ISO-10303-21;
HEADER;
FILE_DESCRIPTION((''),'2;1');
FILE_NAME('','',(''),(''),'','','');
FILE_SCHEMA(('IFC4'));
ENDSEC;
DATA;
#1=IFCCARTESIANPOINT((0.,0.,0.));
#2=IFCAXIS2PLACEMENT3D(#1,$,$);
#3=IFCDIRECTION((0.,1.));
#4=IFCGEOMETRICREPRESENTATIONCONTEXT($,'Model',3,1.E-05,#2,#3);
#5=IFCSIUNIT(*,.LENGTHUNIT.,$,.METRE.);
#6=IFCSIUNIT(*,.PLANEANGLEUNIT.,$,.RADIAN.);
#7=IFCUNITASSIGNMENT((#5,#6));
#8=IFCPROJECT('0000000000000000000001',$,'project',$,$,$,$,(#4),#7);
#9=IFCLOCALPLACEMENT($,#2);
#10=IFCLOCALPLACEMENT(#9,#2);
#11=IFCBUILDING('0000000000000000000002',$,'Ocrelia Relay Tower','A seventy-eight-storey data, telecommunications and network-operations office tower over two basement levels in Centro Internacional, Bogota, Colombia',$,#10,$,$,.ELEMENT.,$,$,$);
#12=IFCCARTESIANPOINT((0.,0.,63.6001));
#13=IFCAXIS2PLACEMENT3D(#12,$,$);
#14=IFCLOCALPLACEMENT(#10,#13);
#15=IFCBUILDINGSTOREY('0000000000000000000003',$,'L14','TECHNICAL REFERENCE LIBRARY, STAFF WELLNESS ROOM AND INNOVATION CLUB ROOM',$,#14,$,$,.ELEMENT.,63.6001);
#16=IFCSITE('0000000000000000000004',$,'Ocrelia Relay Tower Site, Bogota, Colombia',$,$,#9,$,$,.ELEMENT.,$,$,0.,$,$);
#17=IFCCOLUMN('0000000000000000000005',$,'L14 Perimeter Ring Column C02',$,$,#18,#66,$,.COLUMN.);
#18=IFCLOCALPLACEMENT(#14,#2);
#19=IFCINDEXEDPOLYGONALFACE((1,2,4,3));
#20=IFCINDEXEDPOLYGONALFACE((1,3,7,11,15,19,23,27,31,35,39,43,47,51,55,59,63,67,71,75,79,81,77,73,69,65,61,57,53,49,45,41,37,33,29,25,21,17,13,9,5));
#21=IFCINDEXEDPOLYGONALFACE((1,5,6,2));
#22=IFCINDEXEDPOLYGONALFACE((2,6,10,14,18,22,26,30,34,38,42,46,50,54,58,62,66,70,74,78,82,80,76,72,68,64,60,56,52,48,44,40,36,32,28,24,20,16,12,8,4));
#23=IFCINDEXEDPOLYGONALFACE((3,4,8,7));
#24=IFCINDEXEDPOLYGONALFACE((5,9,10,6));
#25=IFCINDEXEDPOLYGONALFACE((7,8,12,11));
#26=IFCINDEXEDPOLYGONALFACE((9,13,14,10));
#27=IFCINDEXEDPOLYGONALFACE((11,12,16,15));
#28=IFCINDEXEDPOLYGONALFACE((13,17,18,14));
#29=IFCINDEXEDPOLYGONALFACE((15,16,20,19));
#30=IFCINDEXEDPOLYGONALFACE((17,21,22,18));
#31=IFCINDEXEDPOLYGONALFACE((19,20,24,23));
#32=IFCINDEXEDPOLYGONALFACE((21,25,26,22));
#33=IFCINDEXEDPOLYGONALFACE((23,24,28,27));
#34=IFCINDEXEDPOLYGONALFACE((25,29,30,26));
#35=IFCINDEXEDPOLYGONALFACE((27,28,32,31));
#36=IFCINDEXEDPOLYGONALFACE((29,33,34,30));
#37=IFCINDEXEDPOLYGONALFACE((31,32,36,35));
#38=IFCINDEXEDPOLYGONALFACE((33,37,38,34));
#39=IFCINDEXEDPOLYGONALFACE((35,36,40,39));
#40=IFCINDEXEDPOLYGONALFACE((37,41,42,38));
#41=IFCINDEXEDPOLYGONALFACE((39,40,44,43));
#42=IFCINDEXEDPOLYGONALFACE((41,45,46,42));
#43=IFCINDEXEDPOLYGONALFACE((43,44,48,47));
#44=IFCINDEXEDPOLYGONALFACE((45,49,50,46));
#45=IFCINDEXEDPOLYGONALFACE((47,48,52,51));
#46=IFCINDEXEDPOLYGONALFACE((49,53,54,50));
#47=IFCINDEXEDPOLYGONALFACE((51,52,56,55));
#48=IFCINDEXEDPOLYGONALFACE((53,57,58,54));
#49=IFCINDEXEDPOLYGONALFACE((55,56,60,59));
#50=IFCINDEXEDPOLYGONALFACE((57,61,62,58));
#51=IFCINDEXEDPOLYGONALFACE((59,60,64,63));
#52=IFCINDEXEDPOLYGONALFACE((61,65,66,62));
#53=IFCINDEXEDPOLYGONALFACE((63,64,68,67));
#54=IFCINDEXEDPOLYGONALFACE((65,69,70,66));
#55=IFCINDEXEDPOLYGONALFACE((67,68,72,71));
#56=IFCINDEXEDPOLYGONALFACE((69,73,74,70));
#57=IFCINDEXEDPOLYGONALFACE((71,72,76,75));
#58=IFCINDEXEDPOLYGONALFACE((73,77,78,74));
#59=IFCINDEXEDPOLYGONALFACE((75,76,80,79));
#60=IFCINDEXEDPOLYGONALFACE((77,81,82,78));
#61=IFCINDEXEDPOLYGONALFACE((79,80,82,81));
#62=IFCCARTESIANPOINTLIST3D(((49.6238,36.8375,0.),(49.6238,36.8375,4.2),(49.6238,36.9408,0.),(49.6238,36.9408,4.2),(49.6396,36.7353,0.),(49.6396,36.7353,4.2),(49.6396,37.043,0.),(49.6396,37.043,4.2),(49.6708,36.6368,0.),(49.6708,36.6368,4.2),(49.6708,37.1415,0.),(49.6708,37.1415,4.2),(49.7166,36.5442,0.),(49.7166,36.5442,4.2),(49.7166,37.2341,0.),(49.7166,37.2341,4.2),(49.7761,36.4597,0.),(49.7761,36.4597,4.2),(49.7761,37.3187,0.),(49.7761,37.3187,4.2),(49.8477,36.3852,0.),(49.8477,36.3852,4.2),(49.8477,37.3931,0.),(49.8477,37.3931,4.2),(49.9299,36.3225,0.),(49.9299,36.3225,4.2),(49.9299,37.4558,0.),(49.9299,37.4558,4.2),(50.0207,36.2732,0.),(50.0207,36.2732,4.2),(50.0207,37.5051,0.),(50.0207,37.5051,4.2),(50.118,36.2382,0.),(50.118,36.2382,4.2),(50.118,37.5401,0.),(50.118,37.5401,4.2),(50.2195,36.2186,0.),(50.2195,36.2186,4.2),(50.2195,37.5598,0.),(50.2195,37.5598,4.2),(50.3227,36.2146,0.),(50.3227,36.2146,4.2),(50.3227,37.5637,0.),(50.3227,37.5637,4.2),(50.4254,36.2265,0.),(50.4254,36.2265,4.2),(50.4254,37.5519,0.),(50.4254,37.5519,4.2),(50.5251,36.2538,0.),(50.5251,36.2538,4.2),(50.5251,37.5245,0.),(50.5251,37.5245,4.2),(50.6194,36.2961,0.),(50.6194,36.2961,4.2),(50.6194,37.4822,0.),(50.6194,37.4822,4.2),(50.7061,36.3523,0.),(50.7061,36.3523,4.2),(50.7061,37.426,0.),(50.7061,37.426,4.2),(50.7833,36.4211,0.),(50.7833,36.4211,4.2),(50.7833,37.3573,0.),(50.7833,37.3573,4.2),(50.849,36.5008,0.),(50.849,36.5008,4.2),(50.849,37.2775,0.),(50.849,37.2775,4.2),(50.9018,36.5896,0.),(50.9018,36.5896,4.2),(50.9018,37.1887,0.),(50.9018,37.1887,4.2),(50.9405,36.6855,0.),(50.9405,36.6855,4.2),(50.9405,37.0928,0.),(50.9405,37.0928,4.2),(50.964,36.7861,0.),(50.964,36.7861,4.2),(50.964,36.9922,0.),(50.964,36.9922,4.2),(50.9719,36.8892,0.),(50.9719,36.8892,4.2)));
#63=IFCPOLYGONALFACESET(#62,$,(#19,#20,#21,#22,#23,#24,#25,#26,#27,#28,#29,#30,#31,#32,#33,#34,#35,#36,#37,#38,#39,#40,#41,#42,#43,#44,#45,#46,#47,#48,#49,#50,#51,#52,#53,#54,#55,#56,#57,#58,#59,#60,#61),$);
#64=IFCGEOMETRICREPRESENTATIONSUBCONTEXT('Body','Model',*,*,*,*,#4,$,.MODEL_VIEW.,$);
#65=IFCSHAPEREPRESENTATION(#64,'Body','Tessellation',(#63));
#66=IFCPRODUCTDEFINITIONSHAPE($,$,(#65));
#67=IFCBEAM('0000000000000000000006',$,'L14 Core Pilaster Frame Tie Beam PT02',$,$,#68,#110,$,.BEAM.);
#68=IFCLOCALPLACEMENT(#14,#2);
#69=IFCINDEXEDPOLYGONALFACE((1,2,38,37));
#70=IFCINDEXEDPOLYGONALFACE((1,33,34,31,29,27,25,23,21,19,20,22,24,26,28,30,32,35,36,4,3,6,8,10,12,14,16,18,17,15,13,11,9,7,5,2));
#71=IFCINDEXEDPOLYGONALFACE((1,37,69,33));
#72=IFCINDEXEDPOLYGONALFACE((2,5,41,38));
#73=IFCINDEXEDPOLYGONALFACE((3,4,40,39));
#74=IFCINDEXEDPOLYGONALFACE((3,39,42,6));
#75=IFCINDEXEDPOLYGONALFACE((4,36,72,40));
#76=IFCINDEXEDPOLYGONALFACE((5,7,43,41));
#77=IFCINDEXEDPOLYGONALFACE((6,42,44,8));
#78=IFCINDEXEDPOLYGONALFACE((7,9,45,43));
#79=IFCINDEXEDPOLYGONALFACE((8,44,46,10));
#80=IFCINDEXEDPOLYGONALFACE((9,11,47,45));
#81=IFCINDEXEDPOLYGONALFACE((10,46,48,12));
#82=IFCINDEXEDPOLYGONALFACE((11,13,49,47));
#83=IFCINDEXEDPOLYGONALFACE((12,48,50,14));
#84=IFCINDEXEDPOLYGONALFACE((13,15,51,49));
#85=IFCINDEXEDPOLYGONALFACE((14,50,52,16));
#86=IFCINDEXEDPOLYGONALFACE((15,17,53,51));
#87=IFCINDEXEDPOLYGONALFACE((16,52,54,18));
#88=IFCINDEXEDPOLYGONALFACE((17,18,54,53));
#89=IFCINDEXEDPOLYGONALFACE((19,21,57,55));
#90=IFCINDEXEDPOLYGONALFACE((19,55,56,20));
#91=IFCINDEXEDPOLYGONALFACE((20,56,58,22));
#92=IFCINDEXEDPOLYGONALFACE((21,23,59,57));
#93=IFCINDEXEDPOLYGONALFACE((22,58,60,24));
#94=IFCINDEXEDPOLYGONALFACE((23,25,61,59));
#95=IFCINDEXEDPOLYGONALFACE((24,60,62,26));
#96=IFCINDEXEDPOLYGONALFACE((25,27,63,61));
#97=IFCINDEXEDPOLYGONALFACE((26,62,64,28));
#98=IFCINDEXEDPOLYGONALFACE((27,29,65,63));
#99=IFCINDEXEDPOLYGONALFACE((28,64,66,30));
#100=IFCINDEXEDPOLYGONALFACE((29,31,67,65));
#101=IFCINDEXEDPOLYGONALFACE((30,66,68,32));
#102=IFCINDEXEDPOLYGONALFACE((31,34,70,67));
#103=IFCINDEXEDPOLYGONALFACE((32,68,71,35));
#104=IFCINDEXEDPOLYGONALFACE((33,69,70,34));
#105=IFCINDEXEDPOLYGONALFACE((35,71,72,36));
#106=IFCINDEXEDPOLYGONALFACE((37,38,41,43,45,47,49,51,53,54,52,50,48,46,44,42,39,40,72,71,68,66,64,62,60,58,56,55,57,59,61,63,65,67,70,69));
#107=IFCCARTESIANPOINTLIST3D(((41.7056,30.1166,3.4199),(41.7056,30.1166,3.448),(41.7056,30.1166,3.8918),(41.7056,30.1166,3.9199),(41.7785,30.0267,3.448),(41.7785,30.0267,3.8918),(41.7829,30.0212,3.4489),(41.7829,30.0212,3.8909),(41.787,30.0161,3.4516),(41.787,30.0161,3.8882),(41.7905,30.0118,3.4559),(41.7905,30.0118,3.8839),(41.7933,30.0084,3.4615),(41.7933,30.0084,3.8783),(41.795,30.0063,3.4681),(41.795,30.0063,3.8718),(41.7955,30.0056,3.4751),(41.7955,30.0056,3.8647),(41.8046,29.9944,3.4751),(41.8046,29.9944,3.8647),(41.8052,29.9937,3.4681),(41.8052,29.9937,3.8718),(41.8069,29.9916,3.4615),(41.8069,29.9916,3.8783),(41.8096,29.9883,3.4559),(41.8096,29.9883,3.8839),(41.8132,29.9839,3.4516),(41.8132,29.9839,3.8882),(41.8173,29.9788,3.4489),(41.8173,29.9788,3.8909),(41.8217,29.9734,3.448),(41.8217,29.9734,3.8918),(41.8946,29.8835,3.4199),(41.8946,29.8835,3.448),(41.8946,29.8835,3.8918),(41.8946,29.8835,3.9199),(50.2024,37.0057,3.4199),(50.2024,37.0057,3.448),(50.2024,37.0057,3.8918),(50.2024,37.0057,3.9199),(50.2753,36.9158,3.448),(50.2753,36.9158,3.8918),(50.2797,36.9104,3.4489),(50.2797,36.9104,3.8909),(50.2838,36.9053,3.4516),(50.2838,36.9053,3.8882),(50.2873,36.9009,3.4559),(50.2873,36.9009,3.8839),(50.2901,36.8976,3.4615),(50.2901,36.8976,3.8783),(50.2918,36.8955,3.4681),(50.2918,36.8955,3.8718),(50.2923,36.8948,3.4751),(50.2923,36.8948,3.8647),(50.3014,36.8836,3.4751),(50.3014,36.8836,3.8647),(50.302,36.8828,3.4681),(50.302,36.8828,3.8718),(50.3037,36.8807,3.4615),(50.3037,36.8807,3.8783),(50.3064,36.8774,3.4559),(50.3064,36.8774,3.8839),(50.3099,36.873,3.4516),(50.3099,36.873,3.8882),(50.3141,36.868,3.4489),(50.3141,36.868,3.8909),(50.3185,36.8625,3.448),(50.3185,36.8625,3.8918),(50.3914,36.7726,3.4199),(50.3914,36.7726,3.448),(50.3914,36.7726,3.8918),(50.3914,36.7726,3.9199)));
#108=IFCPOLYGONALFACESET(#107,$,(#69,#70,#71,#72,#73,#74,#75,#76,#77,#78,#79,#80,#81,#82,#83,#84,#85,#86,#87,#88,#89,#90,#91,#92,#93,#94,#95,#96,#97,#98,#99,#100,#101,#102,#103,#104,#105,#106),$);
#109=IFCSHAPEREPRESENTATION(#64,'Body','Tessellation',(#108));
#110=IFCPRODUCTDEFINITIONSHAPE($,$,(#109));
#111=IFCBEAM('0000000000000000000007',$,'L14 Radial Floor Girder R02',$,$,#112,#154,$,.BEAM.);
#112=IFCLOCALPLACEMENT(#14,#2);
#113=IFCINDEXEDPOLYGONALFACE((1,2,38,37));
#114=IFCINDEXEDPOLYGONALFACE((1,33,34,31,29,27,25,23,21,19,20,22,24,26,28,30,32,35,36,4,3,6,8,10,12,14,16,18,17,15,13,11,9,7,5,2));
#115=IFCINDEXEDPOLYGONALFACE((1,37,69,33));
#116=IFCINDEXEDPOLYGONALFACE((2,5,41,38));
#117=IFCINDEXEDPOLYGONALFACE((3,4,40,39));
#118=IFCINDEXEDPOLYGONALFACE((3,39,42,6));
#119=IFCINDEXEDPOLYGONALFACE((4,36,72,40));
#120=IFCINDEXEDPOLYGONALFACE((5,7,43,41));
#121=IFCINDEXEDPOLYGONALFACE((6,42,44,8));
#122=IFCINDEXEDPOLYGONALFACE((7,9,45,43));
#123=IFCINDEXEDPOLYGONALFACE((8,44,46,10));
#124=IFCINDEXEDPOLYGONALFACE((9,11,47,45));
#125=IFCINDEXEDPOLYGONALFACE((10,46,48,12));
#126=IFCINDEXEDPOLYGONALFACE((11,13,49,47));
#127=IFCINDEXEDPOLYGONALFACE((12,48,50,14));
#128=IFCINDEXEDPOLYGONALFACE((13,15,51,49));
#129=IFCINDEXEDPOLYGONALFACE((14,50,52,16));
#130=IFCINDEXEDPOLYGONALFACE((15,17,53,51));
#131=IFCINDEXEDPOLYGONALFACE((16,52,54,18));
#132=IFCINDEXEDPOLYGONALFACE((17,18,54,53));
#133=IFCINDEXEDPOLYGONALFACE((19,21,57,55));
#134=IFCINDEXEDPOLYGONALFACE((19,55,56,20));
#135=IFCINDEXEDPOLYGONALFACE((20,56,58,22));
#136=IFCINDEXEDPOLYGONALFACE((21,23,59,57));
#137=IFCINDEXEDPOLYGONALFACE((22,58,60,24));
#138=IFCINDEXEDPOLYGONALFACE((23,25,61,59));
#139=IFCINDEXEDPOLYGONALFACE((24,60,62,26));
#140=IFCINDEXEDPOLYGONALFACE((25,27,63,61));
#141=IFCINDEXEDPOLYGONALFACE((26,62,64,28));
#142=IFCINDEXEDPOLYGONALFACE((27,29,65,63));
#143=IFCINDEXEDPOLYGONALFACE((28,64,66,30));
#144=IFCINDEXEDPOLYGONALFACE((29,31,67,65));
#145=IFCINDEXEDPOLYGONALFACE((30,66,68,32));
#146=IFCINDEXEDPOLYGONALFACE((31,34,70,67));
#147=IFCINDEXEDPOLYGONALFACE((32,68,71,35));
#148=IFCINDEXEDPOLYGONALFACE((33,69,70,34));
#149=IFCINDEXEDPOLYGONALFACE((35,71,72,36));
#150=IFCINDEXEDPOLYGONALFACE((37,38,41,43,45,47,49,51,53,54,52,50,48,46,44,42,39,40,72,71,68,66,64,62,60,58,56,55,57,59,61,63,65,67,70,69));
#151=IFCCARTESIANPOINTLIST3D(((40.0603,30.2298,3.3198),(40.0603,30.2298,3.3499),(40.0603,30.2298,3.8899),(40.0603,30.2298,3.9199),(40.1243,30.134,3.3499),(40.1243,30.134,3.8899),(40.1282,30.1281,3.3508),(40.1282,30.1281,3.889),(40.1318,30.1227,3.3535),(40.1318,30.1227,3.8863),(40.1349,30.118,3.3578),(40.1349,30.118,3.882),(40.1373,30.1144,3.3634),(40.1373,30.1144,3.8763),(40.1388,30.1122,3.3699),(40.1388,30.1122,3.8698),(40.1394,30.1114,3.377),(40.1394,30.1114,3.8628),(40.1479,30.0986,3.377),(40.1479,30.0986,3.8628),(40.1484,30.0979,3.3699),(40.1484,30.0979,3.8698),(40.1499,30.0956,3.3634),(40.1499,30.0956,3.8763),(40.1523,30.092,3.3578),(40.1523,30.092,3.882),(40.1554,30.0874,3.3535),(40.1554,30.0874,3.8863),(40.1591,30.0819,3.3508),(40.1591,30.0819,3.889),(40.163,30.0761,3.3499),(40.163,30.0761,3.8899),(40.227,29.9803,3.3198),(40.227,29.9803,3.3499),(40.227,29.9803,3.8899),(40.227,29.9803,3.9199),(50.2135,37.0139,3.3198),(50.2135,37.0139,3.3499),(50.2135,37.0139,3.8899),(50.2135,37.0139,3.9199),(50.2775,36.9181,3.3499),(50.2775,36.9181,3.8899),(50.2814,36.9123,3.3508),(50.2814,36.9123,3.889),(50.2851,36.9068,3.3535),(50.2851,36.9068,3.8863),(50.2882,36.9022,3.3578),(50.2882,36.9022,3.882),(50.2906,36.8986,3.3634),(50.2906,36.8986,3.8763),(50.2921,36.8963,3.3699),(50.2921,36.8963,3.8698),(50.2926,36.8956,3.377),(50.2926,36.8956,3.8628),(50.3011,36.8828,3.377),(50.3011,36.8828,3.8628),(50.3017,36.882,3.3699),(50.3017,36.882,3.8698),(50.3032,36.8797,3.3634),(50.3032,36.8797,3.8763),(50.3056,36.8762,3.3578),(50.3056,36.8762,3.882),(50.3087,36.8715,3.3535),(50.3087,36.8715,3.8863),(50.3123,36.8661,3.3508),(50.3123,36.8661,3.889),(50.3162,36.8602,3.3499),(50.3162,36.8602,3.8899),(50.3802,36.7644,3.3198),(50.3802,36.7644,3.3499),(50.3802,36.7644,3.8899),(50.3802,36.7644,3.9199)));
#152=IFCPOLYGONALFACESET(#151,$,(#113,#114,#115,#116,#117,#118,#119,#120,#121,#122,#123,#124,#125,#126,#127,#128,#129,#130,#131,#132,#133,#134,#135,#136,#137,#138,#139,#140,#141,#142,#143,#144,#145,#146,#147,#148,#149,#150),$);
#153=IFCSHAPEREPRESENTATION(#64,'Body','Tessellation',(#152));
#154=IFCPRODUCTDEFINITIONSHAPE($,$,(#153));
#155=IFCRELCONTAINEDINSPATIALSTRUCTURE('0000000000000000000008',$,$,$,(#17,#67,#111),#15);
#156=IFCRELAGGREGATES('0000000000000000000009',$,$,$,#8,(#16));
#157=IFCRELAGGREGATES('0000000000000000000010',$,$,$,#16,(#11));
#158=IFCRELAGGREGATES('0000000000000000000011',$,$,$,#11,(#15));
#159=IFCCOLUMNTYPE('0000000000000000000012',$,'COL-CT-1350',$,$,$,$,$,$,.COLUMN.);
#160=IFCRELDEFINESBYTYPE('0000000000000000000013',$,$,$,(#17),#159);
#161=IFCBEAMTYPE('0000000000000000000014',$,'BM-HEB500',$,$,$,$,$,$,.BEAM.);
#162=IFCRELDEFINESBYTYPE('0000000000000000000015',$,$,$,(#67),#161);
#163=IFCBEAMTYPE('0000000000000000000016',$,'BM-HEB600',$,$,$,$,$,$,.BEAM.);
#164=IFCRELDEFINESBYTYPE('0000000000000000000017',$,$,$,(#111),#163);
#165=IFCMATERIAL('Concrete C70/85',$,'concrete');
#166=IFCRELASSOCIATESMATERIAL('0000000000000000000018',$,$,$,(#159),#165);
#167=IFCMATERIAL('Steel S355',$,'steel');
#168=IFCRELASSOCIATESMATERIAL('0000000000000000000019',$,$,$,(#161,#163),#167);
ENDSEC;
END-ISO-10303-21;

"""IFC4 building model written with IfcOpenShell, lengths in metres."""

from ifc_helpers import new_model, si_unit, direction, frame, origin, origin_2d, place, context, subcontext, project, spatial, circle, i_section, extrude, material, material_profile, profile_set, type_object, element, save


model = new_model("IFC4")

# Units and contexts
model_context = context("Model", 3, precision=1e-05, world=origin(), true_north=direction((0.0, 1.0)))
body_context = subcontext(model_context, "Body", "Model", "MODEL_VIEW")
ifc_project = project(units=[si_unit("LENGTHUNIT", "METRE"), si_unit("PLANEANGLEUNIT", "RADIAN")], contexts=[model_context])

# Site, building, storey
site_placement = place(None, origin())
site = spatial("IfcSite", under=ifc_project, at=site_placement, Name="Ocrelia Relay Tower Site, Bogota, Colombia", CompositionType="ELEMENT", RefElevation=0.0)
building_placement = place(site_placement, origin())
building = spatial("IfcBuilding", under=site, at=building_placement, Name="Ocrelia Relay Tower", Description="A seventy-eight-storey data, telecommunications and network-operations office tower over two basement levels in Centro Internacional, Bogota, Colombia", CompositionType="ELEMENT")
storey_placement = place(building_placement, frame((0.0, 0.0, 63.6001)))
storey = spatial("IfcBuildingStorey", under=building, at=storey_placement, Name="L14", Description="TECHNICAL REFERENCE LIBRARY, STAFF WELLNESS ROOM AND INNOVATION CLUB ROOM", CompositionType="ELEMENT", Elevation=63.6001)

# Column
ifc_material_1 = material(Name="Concrete C70/85", Category="concrete")
ifc_material_profile_1 = material_profile(ifc_material_1, circle(Radius=0.675, at=origin_2d()), Name="RC-CIR-1350")
ifc_profile_set_1 = profile_set([ifc_material_profile_1], Name="Concrete C70/85")
column_type = type_object("IfcColumnType", Name="COL-CT-1350", PredefinedType="COLUMN", material=ifc_profile_set_1)
column_placement = place(storey_placement, frame((50.2969, 36.8892, 0.0), z_axis=(0.0, 0.0, 1.0), x_axis=(1.0, 0.0, 0.0)))
element("IfcColumn", 1, at=column_placement, inside=storey, type_object=column_type, Name="L14 Perimeter Ring Column C02", PredefinedType="COLUMN", context=body_context, shape_type="SweptSolid", body=[
    extrude(circle(Radius=0.675, at=origin_2d()), origin(), (0.0, 0.0, 1.0), 4.2),
])

# Beams
ifc_material_2 = material(Name="Steel S355", Category="steel")
ifc_material_profile_2 = material_profile(ifc_material_2, i_section(OverallWidth=0.3, OverallDepth=0.5, WebThickness=0.0144, FlangeThickness=0.0281, FilletRadius=0.0271, at=origin_2d()), Name="HEB 500")
ifc_profile_set_2 = profile_set([ifc_material_profile_2], Name="Steel S355")
beam_type_1 = type_object("IfcBeamType", Name="BM-HEB500", PredefinedType="BEAM", material=ifc_profile_set_2)
beam_1_placement = place(storey_placement, frame((50.2969, 36.8892, 3.6699), z_axis=(-0.776763, -0.629793, 0.0), x_axis=(0.629793, -0.776763, 0.0)))
element("IfcBeam", 2, at=beam_1_placement, inside=storey, type_object=beam_type_1, Name="L14 Core Pilaster Frame Tie Beam PT02", PredefinedType="BEAM", context=body_context, shape_type="SweptSolid", body=[
    extrude(i_section(OverallWidth=0.3, OverallDepth=0.5, WebThickness=0.0144, FlangeThickness=0.0281, FilletRadius=0.0271, at=origin_2d()), origin(), (0.0, 0.0, 1.0), 10.9387),
])
ifc_material_profile_3 = material_profile(ifc_material_2, i_section(OverallWidth=0.3, OverallDepth=0.6001, WebThickness=0.0154, FlangeThickness=0.03, FilletRadius=0.0271, at=origin_2d()), Name="HEB 600")
ifc_profile_set_3 = profile_set([ifc_material_profile_3], Name="Steel S355")
beam_type_2 = type_object("IfcBeamType", Name="BM-HEB600", PredefinedType="BEAM", material=ifc_profile_set_3)
beam_2_placement = place(storey_placement, frame((50.2969, 36.8892, 3.6199), z_axis=(-0.831472, -0.555567, 0.0), x_axis=(0.555567, -0.831472, 0.0)))
element("IfcBeam", 3, at=beam_2_placement, inside=storey, type_object=beam_type_2, Name="L14 Radial Floor Girder R02", PredefinedType="BEAM", context=body_context, shape_type="SweptSolid", body=[
    extrude(i_section(OverallWidth=0.3, OverallDepth=0.6001, WebThickness=0.0154, FlangeThickness=0.03, FilletRadius=0.0271, at=origin_2d()), origin(), (0.0, 0.0, 1.0), 12.2112),
])

save(model, "model.ifc")
